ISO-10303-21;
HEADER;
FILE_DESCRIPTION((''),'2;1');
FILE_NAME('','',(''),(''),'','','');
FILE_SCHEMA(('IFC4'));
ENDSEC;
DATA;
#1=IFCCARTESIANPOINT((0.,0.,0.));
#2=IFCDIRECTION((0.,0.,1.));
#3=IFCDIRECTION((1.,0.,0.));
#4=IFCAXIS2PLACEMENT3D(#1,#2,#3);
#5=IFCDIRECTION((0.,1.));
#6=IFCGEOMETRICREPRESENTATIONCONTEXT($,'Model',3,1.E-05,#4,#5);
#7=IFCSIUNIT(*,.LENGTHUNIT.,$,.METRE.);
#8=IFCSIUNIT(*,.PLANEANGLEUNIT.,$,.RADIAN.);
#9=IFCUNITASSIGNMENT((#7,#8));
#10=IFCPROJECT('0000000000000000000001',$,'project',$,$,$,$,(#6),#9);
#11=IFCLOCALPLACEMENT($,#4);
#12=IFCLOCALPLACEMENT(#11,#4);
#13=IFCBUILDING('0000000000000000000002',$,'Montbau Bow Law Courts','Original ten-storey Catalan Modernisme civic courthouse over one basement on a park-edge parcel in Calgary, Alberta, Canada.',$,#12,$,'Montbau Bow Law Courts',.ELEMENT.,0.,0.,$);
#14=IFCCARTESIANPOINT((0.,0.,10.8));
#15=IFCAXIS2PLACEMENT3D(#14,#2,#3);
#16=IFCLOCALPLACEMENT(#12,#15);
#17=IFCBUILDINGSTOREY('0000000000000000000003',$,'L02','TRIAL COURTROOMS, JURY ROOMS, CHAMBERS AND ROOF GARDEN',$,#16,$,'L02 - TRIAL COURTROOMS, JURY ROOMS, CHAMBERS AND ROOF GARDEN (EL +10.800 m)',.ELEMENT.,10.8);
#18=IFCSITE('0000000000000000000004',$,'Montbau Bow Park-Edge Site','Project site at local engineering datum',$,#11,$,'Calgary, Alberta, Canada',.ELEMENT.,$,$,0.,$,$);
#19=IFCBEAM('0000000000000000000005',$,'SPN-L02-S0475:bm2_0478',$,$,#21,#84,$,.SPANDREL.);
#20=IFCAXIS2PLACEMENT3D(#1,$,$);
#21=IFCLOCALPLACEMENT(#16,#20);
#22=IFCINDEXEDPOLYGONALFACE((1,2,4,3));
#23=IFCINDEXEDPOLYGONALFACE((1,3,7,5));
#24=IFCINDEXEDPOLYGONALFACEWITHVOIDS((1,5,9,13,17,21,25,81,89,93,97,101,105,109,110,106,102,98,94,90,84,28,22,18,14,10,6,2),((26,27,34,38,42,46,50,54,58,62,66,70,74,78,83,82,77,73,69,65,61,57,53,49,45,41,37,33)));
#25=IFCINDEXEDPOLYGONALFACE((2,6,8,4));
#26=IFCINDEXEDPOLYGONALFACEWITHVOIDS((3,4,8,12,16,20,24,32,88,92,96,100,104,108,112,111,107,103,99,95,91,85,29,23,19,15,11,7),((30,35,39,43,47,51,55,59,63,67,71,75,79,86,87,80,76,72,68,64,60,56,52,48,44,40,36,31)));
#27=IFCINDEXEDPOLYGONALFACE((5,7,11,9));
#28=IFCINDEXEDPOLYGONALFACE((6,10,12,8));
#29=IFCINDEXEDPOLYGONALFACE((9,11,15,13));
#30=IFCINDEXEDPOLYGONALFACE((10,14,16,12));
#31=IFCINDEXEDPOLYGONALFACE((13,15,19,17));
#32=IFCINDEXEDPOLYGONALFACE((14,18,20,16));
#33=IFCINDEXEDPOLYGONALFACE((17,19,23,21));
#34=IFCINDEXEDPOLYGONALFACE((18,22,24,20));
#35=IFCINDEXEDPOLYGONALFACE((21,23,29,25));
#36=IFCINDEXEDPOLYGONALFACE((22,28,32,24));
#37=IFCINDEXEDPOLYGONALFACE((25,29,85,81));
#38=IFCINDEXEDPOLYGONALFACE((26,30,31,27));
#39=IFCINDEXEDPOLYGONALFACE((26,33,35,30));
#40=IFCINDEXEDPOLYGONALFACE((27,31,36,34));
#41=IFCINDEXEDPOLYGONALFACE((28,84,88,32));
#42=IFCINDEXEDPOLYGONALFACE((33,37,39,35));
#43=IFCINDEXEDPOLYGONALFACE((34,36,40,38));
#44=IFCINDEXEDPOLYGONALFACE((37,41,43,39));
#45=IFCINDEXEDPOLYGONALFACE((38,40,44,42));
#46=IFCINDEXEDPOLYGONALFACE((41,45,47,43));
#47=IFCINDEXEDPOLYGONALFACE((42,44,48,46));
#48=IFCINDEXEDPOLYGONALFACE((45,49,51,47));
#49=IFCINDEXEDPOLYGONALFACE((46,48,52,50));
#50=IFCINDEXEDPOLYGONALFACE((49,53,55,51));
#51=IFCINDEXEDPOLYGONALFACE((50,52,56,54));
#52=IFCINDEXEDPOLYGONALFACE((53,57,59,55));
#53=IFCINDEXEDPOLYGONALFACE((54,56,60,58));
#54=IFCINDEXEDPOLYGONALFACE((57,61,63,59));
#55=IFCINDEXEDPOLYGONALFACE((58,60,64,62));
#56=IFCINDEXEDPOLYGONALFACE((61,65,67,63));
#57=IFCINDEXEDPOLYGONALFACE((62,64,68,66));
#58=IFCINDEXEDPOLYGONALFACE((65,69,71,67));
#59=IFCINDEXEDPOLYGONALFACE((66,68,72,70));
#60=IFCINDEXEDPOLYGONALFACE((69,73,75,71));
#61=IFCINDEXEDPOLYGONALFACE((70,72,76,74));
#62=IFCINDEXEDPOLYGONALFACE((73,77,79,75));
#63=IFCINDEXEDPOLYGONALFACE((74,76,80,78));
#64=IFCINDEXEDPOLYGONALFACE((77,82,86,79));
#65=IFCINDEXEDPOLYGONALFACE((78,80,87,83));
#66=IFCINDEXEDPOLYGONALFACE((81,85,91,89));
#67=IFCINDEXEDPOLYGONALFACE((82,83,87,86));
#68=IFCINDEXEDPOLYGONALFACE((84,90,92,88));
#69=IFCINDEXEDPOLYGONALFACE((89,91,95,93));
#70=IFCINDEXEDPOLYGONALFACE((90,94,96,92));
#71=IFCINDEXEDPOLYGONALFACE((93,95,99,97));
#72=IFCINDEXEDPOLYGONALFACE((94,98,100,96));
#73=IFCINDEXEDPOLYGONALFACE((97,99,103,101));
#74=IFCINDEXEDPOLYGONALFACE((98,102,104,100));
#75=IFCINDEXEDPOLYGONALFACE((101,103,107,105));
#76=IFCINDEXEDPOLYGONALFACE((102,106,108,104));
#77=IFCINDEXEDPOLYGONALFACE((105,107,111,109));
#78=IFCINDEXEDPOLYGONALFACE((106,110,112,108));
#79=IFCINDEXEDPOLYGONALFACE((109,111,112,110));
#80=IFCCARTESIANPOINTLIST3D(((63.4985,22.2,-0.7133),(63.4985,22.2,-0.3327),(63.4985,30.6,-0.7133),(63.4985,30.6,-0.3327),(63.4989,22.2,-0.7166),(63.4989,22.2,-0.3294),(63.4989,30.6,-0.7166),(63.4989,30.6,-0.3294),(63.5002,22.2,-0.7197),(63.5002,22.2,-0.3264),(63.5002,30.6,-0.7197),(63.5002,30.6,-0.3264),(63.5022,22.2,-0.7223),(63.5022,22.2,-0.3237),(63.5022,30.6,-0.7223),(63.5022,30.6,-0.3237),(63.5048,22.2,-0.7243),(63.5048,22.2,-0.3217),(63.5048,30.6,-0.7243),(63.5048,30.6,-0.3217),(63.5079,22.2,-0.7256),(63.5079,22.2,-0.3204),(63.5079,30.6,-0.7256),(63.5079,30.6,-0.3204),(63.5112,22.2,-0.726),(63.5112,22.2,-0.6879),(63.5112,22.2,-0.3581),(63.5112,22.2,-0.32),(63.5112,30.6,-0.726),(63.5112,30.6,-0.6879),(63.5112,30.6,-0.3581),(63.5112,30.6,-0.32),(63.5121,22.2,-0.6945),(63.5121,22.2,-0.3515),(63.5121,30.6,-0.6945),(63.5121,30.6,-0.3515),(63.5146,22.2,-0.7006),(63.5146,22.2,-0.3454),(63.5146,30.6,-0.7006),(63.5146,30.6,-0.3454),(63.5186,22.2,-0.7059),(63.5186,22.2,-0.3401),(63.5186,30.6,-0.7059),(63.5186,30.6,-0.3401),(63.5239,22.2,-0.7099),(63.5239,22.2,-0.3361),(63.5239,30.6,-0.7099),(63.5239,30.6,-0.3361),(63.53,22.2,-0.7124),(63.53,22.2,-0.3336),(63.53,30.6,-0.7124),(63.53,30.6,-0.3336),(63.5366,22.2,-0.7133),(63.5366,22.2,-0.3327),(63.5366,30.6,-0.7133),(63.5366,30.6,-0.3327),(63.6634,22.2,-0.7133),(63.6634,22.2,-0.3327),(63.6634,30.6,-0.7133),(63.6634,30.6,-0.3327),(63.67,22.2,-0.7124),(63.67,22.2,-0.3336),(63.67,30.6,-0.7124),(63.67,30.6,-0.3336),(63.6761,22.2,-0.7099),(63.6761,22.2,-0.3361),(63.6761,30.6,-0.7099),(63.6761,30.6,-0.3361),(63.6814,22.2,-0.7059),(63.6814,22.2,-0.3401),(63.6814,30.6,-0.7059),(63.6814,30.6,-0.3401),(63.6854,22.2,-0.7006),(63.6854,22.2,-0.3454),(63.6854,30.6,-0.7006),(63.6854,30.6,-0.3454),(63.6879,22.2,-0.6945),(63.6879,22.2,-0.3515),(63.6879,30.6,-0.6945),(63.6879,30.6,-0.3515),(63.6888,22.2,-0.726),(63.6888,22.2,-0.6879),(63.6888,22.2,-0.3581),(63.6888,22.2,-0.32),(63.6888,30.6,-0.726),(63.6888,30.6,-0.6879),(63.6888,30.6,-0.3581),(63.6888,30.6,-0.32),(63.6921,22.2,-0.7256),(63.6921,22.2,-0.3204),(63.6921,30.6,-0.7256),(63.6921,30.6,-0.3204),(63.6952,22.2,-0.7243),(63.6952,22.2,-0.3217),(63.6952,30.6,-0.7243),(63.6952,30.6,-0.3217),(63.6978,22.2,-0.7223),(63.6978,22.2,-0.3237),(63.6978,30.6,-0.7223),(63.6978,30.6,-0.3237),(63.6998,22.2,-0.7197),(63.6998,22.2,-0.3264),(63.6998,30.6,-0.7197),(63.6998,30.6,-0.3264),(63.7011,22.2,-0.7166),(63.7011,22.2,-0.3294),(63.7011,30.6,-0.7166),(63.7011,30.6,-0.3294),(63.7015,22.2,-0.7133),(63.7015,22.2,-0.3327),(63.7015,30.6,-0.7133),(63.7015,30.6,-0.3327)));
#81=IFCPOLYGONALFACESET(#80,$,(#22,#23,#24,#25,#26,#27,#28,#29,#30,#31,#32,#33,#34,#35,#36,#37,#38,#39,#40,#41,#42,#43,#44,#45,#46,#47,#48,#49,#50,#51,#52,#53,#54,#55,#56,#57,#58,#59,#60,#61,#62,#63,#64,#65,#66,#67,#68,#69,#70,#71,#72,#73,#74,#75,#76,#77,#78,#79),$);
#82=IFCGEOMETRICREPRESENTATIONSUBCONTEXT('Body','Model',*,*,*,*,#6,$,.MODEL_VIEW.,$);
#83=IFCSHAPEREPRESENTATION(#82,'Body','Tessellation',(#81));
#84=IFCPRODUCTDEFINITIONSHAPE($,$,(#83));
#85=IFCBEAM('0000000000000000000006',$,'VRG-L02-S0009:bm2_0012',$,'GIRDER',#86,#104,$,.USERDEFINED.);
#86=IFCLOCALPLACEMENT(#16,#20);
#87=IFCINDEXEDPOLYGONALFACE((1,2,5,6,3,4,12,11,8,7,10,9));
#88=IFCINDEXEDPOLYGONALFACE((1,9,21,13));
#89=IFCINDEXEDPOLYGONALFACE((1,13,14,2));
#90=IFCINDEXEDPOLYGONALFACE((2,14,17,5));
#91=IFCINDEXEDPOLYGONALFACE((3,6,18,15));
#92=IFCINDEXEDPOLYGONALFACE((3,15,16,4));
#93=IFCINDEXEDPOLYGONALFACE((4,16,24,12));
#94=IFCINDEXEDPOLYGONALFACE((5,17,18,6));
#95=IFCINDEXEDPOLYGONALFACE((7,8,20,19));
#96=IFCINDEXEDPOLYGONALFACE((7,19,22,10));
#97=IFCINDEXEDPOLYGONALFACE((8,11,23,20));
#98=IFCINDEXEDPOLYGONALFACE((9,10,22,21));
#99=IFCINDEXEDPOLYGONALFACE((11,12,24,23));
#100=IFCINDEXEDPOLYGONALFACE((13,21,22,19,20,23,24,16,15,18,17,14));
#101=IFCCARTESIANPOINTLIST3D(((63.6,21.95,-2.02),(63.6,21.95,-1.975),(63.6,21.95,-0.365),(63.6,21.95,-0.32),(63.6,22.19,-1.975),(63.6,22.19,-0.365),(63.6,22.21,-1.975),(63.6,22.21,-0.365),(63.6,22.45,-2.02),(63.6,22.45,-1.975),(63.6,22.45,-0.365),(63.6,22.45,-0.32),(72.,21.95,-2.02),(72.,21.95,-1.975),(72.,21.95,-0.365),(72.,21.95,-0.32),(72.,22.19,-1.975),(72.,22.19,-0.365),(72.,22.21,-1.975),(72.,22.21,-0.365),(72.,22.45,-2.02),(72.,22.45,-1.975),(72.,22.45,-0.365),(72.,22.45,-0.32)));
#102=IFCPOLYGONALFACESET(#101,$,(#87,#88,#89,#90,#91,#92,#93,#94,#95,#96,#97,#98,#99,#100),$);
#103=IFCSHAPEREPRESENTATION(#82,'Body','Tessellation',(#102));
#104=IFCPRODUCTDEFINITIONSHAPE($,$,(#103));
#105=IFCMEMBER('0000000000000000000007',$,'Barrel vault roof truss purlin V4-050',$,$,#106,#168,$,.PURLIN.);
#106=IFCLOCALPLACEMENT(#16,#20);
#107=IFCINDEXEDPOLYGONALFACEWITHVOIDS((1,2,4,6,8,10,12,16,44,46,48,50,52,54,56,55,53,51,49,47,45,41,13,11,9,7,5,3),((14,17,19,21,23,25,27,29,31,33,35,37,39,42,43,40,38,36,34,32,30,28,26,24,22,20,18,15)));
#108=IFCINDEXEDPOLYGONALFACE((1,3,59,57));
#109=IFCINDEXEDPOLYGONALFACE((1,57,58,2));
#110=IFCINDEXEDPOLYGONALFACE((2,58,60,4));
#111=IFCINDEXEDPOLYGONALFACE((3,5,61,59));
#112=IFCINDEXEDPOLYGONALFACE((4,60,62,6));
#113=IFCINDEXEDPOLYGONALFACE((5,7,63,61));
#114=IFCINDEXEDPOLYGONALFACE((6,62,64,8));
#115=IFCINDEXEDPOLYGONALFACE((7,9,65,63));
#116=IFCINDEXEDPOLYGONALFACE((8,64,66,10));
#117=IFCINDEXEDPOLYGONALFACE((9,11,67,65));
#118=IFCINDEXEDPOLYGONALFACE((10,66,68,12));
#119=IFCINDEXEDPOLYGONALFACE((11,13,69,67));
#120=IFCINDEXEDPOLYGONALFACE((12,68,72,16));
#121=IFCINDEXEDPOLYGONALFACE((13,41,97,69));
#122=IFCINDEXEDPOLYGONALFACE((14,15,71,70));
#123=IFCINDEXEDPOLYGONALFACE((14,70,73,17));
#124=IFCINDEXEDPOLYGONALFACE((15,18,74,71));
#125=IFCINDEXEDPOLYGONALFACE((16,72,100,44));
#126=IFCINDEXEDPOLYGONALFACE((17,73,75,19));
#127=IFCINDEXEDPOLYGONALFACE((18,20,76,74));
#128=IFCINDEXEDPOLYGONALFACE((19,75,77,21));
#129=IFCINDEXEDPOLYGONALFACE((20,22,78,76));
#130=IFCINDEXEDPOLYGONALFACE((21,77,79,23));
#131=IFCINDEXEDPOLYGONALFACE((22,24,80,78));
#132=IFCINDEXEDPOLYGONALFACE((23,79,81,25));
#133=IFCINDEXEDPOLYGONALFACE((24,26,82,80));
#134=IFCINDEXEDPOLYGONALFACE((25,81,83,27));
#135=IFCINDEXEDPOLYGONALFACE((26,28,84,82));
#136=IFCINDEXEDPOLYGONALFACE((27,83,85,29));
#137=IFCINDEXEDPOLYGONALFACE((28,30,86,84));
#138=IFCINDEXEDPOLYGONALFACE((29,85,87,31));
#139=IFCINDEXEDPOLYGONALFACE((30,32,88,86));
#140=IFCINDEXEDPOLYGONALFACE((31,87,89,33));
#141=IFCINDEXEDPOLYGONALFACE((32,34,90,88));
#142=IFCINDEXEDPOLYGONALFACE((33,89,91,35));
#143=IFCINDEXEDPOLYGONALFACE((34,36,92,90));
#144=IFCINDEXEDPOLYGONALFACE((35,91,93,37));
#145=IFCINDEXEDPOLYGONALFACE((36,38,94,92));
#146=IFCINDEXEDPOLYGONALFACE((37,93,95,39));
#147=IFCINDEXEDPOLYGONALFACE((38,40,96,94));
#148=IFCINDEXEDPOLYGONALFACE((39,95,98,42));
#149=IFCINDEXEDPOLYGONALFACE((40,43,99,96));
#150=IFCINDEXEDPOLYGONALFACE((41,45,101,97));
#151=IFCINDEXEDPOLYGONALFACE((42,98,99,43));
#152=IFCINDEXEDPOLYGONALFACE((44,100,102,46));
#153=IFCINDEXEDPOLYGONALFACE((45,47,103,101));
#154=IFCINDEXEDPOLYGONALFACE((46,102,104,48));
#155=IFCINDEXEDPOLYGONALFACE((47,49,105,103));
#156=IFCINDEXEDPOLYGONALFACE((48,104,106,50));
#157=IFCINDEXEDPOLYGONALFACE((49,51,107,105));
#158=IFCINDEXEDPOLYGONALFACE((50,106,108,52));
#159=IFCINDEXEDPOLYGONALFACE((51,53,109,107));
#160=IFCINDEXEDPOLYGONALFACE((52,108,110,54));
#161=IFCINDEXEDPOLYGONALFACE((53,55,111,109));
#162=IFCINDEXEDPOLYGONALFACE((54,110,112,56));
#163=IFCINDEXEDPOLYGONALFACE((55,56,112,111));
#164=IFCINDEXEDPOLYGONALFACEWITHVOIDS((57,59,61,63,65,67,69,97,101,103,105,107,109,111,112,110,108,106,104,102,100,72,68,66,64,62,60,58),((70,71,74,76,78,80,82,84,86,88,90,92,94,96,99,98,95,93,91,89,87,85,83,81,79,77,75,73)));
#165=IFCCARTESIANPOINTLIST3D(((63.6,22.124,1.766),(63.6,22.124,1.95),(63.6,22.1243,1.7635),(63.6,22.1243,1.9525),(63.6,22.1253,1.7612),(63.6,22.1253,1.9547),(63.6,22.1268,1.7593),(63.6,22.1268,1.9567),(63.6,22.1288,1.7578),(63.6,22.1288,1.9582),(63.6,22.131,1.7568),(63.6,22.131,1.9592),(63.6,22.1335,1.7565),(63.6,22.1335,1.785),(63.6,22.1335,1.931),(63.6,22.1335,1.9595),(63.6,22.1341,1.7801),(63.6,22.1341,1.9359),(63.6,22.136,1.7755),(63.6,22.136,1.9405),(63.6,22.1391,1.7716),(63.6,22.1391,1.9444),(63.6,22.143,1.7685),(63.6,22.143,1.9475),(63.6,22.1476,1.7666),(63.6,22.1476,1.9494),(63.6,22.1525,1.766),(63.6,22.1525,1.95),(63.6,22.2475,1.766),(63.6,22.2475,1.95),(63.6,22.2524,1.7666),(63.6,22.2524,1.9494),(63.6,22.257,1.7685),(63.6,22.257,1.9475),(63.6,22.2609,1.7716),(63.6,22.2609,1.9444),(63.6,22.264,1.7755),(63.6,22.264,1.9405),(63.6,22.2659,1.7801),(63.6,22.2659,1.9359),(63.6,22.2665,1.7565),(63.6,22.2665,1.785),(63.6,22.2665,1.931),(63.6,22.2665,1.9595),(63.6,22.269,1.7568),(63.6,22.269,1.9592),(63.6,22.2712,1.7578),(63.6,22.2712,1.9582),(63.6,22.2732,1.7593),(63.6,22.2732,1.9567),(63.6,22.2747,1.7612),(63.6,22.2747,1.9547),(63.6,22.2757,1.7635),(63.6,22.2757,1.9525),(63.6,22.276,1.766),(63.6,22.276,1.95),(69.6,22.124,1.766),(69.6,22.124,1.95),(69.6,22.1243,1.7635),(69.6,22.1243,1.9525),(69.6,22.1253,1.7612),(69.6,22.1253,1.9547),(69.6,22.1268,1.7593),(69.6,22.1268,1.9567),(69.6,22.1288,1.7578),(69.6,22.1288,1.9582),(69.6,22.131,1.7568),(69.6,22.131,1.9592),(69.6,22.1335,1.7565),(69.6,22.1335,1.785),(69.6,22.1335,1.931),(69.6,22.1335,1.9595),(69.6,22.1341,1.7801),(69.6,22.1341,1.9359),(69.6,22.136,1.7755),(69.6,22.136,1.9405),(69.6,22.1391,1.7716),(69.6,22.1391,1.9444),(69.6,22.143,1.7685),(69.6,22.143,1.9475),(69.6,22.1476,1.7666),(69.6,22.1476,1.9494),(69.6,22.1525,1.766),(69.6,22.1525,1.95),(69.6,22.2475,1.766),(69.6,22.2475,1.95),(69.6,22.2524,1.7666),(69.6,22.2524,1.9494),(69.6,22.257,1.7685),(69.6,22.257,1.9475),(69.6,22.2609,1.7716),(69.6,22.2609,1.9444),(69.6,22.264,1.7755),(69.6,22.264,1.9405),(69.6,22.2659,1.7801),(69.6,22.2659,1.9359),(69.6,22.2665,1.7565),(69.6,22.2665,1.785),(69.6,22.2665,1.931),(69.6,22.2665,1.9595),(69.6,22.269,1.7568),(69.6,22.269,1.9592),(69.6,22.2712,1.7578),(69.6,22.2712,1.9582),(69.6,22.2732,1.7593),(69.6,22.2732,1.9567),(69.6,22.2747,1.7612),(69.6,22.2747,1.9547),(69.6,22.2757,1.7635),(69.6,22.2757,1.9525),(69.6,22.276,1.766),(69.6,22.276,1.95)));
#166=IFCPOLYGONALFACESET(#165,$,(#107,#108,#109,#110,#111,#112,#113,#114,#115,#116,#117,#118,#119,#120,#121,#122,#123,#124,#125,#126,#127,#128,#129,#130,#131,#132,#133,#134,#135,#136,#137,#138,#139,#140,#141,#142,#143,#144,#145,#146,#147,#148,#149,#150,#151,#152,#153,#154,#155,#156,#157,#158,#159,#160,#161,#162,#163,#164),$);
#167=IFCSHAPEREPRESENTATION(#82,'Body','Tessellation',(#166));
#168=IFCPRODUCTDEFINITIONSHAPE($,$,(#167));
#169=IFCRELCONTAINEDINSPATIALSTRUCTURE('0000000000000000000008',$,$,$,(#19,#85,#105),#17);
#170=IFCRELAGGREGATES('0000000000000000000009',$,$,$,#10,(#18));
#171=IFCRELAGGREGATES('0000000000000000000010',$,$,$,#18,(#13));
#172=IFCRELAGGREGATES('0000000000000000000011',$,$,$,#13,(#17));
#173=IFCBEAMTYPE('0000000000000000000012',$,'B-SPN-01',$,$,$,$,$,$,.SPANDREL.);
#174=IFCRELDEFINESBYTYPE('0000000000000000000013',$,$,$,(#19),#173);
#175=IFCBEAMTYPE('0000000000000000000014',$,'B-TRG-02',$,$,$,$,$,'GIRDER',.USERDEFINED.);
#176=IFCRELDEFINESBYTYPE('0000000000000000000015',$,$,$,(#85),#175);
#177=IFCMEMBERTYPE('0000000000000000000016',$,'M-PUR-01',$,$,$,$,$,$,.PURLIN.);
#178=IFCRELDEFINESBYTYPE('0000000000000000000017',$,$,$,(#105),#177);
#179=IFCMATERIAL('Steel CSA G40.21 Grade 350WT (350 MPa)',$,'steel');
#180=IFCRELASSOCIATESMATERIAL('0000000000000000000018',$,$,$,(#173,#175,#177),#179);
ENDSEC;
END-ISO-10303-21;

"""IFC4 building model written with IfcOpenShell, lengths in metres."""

from ifc_helpers import new_model, si_unit, direction, frame, origin_with_axes, origin_2d_with_axis, place, context, subcontext, project, spatial, hollow_rectangle, i_section, extrude, material, material_profile, profile_set, type_object, element, save


model = new_model("IFC4")

# Units and contexts
model_context = context("Model", 3, precision=1e-05, world=origin_with_axes(), true_north=direction((0.0, 1.0)))
body_context = subcontext(model_context, "Body", "Model", "MODEL_VIEW")
ifc_project = project(units=[si_unit("LENGTHUNIT", "METRE"), si_unit("PLANEANGLEUNIT", "RADIAN")], contexts=[model_context])

# Site, building, storey
site_placement = place(None, origin_with_axes())
site = spatial("IfcSite", under=ifc_project, at=site_placement, Name="Montbau Bow Park-Edge Site", Description="Project site at local engineering datum", LongName="Calgary, Alberta, Canada", CompositionType="ELEMENT", RefElevation=0.0)
building_placement = place(site_placement, origin_with_axes())
building = spatial("IfcBuilding", under=site, at=building_placement, Name="Montbau Bow Law Courts", Description="Original ten-storey Catalan Modernisme civic courthouse over one basement on a park-edge parcel in Calgary, Alberta, Canada.", LongName="Montbau Bow Law Courts", CompositionType="ELEMENT", ElevationOfRefHeight=0.0, ElevationOfTerrain=0.0)
storey_placement = place(building_placement, frame((0.0, 0.0, 10.8), z_axis=(0.0, 0.0, 1.0), x_axis=(1.0, 0.0, 0.0)))
storey = spatial("IfcBuildingStorey", under=building, at=storey_placement, Name="L02", Description="TRIAL COURTROOMS, JURY ROOMS, CHAMBERS AND ROOF GARDEN", LongName="L02 - TRIAL COURTROOMS, JURY ROOMS, CHAMBERS AND ROOF GARDEN (EL +10.800 m)", CompositionType="ELEMENT", Elevation=10.8)

# Beams
ifc_material_1 = material(Name="Steel CSA G40.21 Grade 350WT (350 MPa)", Category="steel")
ifc_material_profile_1 = material_profile(ifc_material_1, hollow_rectangle(XDim=0.203, YDim=0.406, WallThickness=0.0127, InnerFilletRadius=0.0254, OuterFilletRadius=0.0127, at=origin_2d_with_axis()), Name="HSS406X203X13", Category="Main", Priority=0)
ifc_profile_set_1 = profile_set([ifc_material_profile_1], Name="Steel CSA G40.21 Grade 350WT (350 MPa)")
beam_type_1 = type_object("IfcBeamType", Name="B-SPN-01", PredefinedType="SPANDREL", material=ifc_profile_set_1)
for number, where, z_axis, x_axis, name in (
    (1, (63.6, 22.2, 10.277), (0.0, 1.0, 0.0), (-1.0, 0.0, 0.0), "SPN-L02-S0475:bm2_0478"),
):
    element("IfcBeam", number, at=place(None, frame(where, z_axis=z_axis, x_axis=x_axis)), inside=storey, type_object=beam_type_1, Name=name, PredefinedType="SPANDREL", context=body_context, shape_type="SweptSolid", body=[
        extrude(hollow_rectangle(XDim=0.203, YDim=0.406, WallThickness=0.0127, InnerFilletRadius=0.0254, OuterFilletRadius=0.0127, at=origin_2d_with_axis()), origin_with_axes(), (0.0, 0.0, 1.0), 8.4),
    ])
ifc_material_profile_2 = material_profile(ifc_material_1, i_section(OverallWidth=0.5, OverallDepth=1.7, WebThickness=0.02, FlangeThickness=0.045, at=origin_2d_with_axis()), Name="WWF1700X480", Category="Main", Priority=0)
ifc_profile_set_2 = profile_set([ifc_material_profile_2], Name="Steel CSA G40.21 Grade 350WT (350 MPa)")
beam_type_2 = type_object("IfcBeamType", Name="B-TRG-02", ElementType="GIRDER", PredefinedType="USERDEFINED", material=ifc_profile_set_2)
beam_1_placement = place(None, frame((63.6, 22.2, 9.63), z_axis=(1.0, 0.0, 0.0), x_axis=(0.0, 1.0, 0.0)))
element("IfcBeam", 2, at=beam_1_placement, inside=storey, type_object=beam_type_2, Name="VRG-L02-S0009:bm2_0012", ObjectType="GIRDER", PredefinedType="USERDEFINED", context=body_context, shape_type="SweptSolid", body=[
    extrude(i_section(OverallWidth=0.5, OverallDepth=1.7, WebThickness=0.02, FlangeThickness=0.045, at=origin_2d_with_axis()), origin_with_axes(), (0.0, 0.0, 1.0), 8.4),
])

# Member
ifc_material_profile_3 = material_profile(ifc_material_1, hollow_rectangle(XDim=0.152, YDim=0.203, WallThickness=0.0095, InnerFilletRadius=0.019, OuterFilletRadius=0.0095, at=origin_2d_with_axis()), Name="HSS203X152X9.5", Category="Main", Priority=0)
ifc_profile_set_3 = profile_set([ifc_material_profile_3], Name="Steel CSA G40.21 Grade 350WT (350 MPa)")
member_type_1 = type_object("IfcMemberType", Name="M-PUR-01", PredefinedType="PURLIN", material=ifc_profile_set_3)
for number, where, z_axis, x_axis, name in (
    (3, (63.6, 22.2, 12.658), (1.0, 0.0, 0.0), (0.0, 1.0, 0.0), "Barrel vault roof truss purlin V4-050"),
):
    element("IfcMember", number, at=place(None, frame(where, z_axis=z_axis, x_axis=x_axis)), inside=storey, type_object=member_type_1, Name=name, PredefinedType="PURLIN", context=body_context, shape_type="SweptSolid", body=[
        extrude(hollow_rectangle(XDim=0.152, YDim=0.203, WallThickness=0.0095, InnerFilletRadius=0.019, OuterFilletRadius=0.0095, at=origin_2d_with_axis()), origin_with_axes(), (0.0, 0.0, 1.0), 6.0),
    ])

save(model, "model.ifc")
